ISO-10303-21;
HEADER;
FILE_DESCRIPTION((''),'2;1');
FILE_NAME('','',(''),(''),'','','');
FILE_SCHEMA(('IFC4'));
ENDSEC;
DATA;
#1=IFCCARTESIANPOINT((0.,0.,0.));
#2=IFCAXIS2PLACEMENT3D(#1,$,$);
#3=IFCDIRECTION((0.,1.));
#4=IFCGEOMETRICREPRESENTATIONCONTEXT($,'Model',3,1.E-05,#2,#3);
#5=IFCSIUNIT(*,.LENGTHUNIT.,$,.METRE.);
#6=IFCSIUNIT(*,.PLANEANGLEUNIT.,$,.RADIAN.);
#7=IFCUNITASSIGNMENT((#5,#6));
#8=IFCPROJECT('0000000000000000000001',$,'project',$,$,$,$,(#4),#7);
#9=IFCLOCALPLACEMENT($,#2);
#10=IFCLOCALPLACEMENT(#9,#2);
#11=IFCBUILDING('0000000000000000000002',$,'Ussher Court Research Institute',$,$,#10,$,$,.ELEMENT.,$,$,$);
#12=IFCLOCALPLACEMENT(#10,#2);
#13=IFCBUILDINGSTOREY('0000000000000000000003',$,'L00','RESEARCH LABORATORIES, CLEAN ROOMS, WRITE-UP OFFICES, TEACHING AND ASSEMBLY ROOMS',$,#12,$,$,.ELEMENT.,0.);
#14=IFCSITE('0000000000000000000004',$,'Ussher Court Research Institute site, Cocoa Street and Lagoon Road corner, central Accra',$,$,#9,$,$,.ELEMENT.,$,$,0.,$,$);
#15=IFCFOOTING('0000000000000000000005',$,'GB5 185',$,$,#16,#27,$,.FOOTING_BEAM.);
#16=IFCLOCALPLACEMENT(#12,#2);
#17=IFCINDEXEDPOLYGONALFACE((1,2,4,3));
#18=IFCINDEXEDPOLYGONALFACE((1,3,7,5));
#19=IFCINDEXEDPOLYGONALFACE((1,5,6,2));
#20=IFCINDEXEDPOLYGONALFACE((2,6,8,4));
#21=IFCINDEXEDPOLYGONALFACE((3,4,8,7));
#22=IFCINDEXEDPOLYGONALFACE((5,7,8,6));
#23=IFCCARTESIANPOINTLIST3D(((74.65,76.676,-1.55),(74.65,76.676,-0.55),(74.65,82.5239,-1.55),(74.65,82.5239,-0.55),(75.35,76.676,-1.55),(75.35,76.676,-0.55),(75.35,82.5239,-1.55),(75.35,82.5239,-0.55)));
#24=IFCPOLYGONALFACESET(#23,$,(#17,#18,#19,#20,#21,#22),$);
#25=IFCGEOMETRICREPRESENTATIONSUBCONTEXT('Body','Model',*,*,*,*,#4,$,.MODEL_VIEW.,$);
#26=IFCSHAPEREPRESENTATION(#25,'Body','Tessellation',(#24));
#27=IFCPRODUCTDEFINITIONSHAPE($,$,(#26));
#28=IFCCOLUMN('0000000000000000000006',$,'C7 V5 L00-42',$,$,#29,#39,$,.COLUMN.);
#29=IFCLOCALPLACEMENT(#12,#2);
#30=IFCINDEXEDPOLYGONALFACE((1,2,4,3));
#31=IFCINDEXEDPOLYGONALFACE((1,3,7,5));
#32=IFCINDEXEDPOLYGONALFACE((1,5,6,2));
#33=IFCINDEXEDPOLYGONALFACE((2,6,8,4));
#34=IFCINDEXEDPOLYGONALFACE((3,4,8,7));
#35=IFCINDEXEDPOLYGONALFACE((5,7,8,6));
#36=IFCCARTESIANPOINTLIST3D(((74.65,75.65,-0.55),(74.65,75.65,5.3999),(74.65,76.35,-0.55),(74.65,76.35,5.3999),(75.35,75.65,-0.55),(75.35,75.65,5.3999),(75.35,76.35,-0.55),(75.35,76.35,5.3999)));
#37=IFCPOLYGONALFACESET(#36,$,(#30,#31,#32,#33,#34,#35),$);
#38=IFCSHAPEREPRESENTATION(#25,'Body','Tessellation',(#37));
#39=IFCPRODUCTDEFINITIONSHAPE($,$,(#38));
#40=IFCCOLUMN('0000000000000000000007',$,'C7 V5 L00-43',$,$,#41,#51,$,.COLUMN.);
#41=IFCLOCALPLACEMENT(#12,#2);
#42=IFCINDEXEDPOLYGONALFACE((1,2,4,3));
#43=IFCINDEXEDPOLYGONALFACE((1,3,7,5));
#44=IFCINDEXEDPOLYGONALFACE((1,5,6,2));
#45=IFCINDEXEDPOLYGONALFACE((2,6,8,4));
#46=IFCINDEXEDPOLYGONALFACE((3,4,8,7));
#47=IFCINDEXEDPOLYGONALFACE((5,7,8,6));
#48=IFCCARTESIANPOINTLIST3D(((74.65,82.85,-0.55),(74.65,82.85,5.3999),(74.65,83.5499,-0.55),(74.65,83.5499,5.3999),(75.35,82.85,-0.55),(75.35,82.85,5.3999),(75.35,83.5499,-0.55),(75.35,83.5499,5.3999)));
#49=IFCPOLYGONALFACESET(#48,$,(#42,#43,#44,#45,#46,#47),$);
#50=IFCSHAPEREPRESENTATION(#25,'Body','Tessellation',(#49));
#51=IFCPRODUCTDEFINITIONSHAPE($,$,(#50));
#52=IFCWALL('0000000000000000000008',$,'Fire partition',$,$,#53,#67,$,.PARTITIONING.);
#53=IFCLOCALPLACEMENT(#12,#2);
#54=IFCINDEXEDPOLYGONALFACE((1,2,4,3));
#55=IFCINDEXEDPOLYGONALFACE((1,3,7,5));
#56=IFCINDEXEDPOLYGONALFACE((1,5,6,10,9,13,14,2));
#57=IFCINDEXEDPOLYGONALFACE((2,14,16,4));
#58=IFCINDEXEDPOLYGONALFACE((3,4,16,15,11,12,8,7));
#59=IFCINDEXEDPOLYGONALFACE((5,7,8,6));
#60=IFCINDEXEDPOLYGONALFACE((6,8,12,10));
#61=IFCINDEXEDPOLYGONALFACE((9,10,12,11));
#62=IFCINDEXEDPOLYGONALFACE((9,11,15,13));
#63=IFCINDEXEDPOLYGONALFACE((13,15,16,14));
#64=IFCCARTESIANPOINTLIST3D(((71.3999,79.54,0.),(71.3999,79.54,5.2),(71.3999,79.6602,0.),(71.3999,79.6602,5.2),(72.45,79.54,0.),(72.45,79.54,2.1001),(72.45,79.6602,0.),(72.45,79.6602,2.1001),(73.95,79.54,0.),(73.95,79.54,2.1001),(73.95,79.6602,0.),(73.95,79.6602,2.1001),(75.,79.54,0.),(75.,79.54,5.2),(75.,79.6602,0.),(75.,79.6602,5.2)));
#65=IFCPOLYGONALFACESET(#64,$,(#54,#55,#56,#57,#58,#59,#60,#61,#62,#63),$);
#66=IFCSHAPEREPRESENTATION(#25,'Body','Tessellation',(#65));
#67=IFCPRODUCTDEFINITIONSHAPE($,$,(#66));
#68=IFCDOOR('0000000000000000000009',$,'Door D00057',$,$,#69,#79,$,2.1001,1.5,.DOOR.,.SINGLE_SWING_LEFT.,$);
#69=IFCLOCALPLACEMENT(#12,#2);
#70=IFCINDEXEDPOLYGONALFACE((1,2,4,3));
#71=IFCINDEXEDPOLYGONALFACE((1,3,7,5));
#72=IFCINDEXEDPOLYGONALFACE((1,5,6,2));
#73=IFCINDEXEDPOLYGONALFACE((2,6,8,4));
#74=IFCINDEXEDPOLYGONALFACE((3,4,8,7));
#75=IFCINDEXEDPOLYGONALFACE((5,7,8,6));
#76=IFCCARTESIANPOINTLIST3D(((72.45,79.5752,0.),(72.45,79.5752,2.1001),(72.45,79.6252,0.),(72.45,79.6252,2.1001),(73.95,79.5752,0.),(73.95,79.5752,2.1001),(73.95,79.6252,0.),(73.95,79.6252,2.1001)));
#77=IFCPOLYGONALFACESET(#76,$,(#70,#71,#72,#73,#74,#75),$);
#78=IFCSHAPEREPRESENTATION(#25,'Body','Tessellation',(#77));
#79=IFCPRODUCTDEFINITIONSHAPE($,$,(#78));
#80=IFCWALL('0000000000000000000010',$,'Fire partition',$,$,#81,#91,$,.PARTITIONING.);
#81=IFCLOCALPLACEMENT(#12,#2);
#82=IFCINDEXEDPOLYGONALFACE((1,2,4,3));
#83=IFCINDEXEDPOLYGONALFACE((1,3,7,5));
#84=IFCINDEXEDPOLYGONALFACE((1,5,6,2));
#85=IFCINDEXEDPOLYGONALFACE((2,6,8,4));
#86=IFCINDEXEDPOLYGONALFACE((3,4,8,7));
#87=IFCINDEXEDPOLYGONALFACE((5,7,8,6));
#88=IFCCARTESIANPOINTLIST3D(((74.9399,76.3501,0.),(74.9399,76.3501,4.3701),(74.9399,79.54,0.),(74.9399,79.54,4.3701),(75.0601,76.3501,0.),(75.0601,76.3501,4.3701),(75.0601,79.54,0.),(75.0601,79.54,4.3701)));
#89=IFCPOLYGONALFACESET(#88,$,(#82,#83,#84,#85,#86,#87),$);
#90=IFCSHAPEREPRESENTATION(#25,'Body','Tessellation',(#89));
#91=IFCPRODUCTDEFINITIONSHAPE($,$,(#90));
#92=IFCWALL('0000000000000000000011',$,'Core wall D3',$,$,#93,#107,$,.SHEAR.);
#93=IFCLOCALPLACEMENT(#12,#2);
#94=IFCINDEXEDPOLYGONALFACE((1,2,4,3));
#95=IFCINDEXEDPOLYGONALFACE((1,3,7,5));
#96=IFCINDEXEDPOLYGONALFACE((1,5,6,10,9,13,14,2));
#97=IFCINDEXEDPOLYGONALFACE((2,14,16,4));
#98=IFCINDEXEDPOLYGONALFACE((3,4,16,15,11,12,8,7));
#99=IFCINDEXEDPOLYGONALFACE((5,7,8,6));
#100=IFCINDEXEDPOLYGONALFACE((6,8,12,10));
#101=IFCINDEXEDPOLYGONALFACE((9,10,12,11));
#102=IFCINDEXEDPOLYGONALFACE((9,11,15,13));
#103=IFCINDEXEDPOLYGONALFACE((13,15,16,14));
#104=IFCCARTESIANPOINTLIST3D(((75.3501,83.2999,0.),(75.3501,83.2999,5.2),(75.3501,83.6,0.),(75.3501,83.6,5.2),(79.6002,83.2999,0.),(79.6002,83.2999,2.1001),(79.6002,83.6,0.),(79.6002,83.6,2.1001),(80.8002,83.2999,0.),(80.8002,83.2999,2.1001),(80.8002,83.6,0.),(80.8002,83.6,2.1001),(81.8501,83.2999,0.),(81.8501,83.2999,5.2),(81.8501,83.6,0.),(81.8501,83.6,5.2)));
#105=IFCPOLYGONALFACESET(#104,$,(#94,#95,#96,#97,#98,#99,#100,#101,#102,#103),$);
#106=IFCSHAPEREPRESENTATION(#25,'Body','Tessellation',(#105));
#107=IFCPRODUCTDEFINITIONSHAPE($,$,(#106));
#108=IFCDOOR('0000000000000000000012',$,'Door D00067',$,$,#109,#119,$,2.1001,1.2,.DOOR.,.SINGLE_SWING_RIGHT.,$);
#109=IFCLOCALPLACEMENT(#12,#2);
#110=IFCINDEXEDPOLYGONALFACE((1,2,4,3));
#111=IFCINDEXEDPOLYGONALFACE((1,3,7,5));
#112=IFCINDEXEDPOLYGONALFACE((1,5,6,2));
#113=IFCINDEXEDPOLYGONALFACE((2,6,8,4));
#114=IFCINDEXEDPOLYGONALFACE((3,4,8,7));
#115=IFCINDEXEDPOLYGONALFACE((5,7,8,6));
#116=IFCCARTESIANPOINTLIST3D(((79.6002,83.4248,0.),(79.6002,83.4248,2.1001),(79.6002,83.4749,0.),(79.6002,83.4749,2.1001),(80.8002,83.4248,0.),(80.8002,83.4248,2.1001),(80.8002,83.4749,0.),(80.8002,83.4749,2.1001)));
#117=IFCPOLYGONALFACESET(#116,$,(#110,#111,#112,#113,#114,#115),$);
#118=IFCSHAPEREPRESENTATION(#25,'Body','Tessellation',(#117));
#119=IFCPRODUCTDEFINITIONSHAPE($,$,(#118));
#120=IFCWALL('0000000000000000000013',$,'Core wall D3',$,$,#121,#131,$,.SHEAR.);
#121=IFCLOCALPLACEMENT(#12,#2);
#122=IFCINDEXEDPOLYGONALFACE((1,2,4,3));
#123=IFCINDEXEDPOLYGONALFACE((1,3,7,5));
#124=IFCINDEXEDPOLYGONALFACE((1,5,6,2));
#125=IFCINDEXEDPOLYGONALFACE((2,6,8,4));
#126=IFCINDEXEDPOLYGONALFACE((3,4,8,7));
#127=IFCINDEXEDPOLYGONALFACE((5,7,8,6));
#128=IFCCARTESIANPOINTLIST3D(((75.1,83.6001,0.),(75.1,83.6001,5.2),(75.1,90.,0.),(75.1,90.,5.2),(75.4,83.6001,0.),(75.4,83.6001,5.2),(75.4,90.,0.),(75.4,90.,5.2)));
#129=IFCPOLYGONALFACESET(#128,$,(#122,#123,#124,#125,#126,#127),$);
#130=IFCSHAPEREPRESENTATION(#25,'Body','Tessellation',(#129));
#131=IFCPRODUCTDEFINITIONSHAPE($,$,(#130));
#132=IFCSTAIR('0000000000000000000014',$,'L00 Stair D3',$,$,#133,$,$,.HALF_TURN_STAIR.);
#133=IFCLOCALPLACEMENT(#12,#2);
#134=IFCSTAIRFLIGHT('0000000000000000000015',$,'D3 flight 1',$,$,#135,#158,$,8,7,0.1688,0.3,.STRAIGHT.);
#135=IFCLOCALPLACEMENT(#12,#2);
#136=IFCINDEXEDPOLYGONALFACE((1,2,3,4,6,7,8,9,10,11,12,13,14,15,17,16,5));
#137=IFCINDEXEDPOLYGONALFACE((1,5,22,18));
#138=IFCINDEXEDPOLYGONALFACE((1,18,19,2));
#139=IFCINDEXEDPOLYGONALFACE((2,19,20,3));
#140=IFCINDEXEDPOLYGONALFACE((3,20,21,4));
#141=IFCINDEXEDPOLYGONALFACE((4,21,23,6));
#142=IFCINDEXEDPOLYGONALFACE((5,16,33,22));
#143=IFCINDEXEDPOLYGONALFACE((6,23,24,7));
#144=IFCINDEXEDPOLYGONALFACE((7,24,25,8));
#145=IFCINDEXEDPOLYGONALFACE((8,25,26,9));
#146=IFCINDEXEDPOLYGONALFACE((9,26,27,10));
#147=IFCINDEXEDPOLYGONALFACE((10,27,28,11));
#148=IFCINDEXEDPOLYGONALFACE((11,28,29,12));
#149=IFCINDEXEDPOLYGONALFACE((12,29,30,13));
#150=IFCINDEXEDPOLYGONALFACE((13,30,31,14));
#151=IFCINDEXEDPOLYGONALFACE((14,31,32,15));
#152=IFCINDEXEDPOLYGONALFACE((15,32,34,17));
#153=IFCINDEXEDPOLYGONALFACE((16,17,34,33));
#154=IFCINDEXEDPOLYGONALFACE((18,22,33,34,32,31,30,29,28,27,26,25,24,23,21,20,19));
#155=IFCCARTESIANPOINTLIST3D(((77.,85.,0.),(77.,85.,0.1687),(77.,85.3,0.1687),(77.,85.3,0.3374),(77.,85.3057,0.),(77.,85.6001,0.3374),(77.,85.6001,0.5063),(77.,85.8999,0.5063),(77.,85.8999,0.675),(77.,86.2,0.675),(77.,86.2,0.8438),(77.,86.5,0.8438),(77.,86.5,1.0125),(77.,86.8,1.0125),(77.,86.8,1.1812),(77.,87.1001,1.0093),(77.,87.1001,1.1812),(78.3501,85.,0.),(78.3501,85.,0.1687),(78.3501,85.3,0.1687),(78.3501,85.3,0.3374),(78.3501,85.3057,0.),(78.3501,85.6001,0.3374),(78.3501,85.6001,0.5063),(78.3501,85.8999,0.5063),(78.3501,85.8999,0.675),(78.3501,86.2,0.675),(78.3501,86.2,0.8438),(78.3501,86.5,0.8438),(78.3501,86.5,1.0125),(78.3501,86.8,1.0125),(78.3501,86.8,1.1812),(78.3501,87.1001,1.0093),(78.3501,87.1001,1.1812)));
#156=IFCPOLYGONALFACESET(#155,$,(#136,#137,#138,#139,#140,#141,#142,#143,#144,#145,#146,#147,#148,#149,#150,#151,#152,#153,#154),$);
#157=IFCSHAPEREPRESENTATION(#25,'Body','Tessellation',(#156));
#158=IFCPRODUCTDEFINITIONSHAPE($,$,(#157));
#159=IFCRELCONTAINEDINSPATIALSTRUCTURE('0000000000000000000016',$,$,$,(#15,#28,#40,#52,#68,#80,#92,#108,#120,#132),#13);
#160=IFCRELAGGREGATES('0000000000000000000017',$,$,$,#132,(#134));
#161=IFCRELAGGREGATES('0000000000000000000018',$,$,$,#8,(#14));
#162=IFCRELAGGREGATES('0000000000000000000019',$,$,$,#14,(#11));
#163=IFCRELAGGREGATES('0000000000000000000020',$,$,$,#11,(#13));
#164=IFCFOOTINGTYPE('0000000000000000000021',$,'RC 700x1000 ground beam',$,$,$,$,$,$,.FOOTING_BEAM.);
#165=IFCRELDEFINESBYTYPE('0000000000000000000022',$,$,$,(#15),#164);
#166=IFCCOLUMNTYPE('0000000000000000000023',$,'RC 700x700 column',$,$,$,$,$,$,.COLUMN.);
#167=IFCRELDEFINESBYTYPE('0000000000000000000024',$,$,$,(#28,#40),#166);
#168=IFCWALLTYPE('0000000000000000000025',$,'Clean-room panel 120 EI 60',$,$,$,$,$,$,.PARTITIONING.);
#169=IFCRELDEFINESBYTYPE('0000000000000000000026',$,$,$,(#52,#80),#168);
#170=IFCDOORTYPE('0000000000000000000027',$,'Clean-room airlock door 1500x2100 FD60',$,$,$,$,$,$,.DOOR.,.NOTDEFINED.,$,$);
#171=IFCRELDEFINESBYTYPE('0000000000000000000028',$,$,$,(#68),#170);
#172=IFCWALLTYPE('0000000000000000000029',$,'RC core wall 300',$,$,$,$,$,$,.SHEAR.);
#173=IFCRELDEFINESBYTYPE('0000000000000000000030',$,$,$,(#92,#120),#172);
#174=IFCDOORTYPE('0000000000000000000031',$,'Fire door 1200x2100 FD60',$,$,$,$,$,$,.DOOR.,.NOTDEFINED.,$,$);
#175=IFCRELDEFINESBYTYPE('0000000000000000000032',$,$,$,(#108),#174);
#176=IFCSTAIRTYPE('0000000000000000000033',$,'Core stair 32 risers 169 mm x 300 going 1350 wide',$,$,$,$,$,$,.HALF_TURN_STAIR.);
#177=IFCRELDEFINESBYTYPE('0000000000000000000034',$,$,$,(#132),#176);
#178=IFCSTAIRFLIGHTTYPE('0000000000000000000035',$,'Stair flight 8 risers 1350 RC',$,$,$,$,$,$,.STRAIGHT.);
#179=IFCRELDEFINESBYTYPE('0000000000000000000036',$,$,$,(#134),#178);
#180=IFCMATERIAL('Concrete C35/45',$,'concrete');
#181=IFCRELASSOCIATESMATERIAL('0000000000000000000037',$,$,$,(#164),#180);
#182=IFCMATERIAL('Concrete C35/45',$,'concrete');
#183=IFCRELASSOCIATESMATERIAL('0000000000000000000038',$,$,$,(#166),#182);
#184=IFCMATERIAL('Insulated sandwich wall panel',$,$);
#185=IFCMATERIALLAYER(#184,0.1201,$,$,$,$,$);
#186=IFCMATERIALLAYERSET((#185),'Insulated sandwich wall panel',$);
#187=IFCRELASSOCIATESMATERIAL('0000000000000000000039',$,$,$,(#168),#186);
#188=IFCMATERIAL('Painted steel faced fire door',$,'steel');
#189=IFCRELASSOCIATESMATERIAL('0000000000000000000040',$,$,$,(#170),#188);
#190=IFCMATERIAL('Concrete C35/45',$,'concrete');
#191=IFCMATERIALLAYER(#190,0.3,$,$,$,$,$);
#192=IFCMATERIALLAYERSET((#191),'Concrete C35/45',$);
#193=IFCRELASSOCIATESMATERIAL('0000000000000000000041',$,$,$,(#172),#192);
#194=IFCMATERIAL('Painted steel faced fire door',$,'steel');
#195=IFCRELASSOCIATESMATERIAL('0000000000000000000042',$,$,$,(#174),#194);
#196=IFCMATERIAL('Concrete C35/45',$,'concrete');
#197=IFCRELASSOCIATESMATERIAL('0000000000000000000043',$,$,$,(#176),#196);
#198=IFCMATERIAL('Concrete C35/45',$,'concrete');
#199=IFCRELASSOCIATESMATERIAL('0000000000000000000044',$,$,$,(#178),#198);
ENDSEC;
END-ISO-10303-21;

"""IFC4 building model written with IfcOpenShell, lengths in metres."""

from ifc_helpers import new_model, si_unit, direction, frame, frame_2d, origin, origin_2d, place, context, subcontext, project, spatial, polyline, rectangle, outline, extrude, material, layer, layer_set, material_profile, profile_set, type_object, element, fill, aggregate, save


model = new_model("IFC4")

# Units and contexts
model_context = context("Model", 3, precision=1e-05, world=origin(), true_north=direction((0.0, 1.0)))
body_context = subcontext(model_context, "Body", "Model", "MODEL_VIEW")
ifc_project = project(units=[si_unit("LENGTHUNIT", "METRE"), si_unit("PLANEANGLEUNIT", "RADIAN")], contexts=[model_context])

# Site, building, storey
site_placement = place(None, origin())
site = spatial("IfcSite", under=ifc_project, at=site_placement, Name="Ussher Court Research Institute site, Cocoa Street and Lagoon Road corner, central Accra", CompositionType="ELEMENT", RefElevation=0.0)
building_placement = place(site_placement, origin())
building = spatial("IfcBuilding", under=site, at=building_placement, Name="Ussher Court Research Institute", CompositionType="ELEMENT")
storey_placement = place(building_placement, origin())
storey = spatial("IfcBuildingStorey", under=building, at=storey_placement, Name="L00", Description="RESEARCH LABORATORIES, CLEAN ROOMS, WRITE-UP OFFICES, TEACHING AND ASSEMBLY ROOMS", CompositionType="ELEMENT", Elevation=0.0)

# Footing
ifc_material_1 = material(Name="Concrete C35/45", Category="concrete")
ifc_material_profile_1 = material_profile(ifc_material_1, rectangle(XDim=0.7, YDim=1.0, at=origin_2d()), Name="RC 700x1000")
ifc_profile_set_1 = profile_set([ifc_material_profile_1], Name="Concrete C35/45")
footing_type_1 = type_object("IfcFootingType", Name="RC 700x1000 ground beam", PredefinedType="FOOTING_BEAM", material=ifc_profile_set_1)
footing_1_placement = place(storey_placement, frame((75.0, 76.676, -1.05), z_axis=(0.0, 1.0, 0.0), x_axis=(-1.0, 0.0, 0.0)))
element("IfcFooting", 1, at=footing_1_placement, inside=storey, type_object=footing_type_1, Name="GB5 185", PredefinedType="FOOTING_BEAM", context=body_context, shape_type="SweptSolid", body=[
    extrude(rectangle(XDim=0.7, YDim=1.0, at=origin_2d()), origin(), (0.0, 0.0, 1.0), 5.8479),
])

# Columns
ifc_material_2 = material(Name="Concrete C35/45", Category="concrete")
ifc_material_profile_2 = material_profile(ifc_material_2, rectangle(XDim=0.7, YDim=0.7, at=origin_2d()), Name="RC 700x700")
ifc_profile_set_2 = profile_set([ifc_material_profile_2], Name="Concrete C35/45")
column_type = type_object("IfcColumnType", Name="RC 700x700 column", PredefinedType="COLUMN", material=ifc_profile_set_2)
for number, where, z_axis, x_axis, name in (
    (2, (75.0, 76.0, -0.55), (0.0, 0.0, 1.0), (1.0, 0.0, 0.0), "C7 V5 L00-42"),
    (3, (75.0, 83.2, -0.55), (0.0, 0.0, 1.0), (1.0, 0.0, 0.0), "C7 V5 L00-43"),
):
    element("IfcColumn", number, at=place(storey_placement, frame(where, z_axis=z_axis, x_axis=x_axis)), inside=storey, type_object=column_type, Name=name, PredefinedType="COLUMN", context=body_context, shape_type="SweptSolid", body=[
        extrude(rectangle(XDim=0.7, YDim=0.7, at=origin_2d()), origin(), (0.0, 0.0, 1.0), 5.95),
    ])

# Wall, opening, door
ifc_material_3 = material(Name="Insulated sandwich wall panel")
ifc_layer_1 = layer(ifc_material_3, 0.1201)
ifc_layer_set_1 = layer_set([ifc_layer_1], Name="Insulated sandwich wall panel")
wall_type_1 = type_object("IfcWallType", Name="Clean-room panel 120 EI 60", PredefinedType="PARTITIONING", material=ifc_layer_set_1)
wall_1_placement = place(storey_placement, frame((75.0, 79.6001, 0.0), z_axis=(0.0, 0.0, 1.0), x_axis=(-1.0, 0.0, 0.0)))
wall_1 = element("IfcWall", 4, at=wall_1_placement, inside=storey, type_object=wall_type_1, Name="Fire partition", PredefinedType="PARTITIONING", context=body_context, shape_type="SweptSolid", body=[
    extrude(rectangle(XDim=3.6001, YDim=0.1201, at=frame_2d((1.8, 0.0))), origin(), (0.0, 0.0, 1.0), 5.2),
])
opening_1_placement = place(wall_1_placement, frame((1.05, 0.0, 0.0)))
opening_1 = element("IfcOpeningElement", 5, at=opening_1_placement, cuts=wall_1, PredefinedType="OPENING", context=body_context, shape_type="SweptSolid", body=[
    extrude(rectangle(XDim=1.5, YDim=2.1001, at=frame_2d((0.75, 1.05))), frame((0.0, 0.0701, 0.0), z_axis=(0.0, -1.0, 0.0), x_axis=(1.0, 0.0, 0.0)), (0.0, 0.0, 1.0), 0.1401),
])
ifc_material_4 = material(Name="Painted steel faced fire door", Category="steel")
door_type_1 = type_object("IfcDoorType", Name="Clean-room airlock door 1500x2100 FD60", OperationType="NOTDEFINED", PredefinedType="DOOR", material=ifc_material_4)
door_1_placement = place(opening_1_placement, origin())
door_1 = element("IfcDoor", 6, at=door_1_placement, inside=storey, type_object=door_type_1, Name="Door D00057", OperationType="SINGLE_SWING_LEFT", OverallHeight=2.1001, OverallWidth=1.5, PredefinedType="DOOR", context=body_context, shape_type="SweptSolid", body=[
    extrude(rectangle(XDim=1.5, YDim=2.1001, at=frame_2d((0.75, 1.05))), frame((0.0, 0.0249, 0.0), z_axis=(0.0, -1.0, 0.0), x_axis=(1.0, 0.0, 0.0)), (0.0, 0.0, 1.0), 0.05),
])
fill(opening_1, door_1)

# Wall
wall_2_placement = place(storey_placement, frame((75.0, 76.3501, 0.0), z_axis=(0.0, 0.0, 1.0), x_axis=(0.0, 1.0, 0.0)))
element("IfcWall", 7, at=wall_2_placement, inside=storey, type_object=wall_type_1, Name="Fire partition", PredefinedType="PARTITIONING", context=body_context, shape_type="SweptSolid", body=[
    extrude(rectangle(XDim=3.1899, YDim=0.1201, at=frame_2d((1.595, 0.0))), origin(), (0.0, 0.0, 1.0), 4.3701),
])

# Wall, opening, door
ifc_material_5 = material(Name="Concrete C35/45", Category="concrete")
ifc_layer_2 = layer(ifc_material_5, 0.3)
ifc_layer_set_2 = layer_set([ifc_layer_2], Name="Concrete C35/45")
wall_type_2 = type_object("IfcWallType", Name="RC core wall 300", PredefinedType="SHEAR", material=ifc_layer_set_2)
wall_3_placement = place(storey_placement, frame((75.3501, 83.45, 0.0), z_axis=(0.0, 0.0, 1.0), x_axis=(1.0, 0.0, 0.0)))
wall_3 = element("IfcWall", 8, at=wall_3_placement, inside=storey, type_object=wall_type_2, Name="Core wall D3", PredefinedType="SHEAR", context=body_context, shape_type="SweptSolid", body=[
    extrude(rectangle(XDim=6.5, YDim=0.3, at=frame_2d((3.25, 0.0))), origin(), (0.0, 0.0, 1.0), 5.2),
])
opening_2_placement = place(wall_3_placement, frame((4.25, 0.0, 0.0)))
opening_2 = element("IfcOpeningElement", 9, at=opening_2_placement, cuts=wall_3, PredefinedType="OPENING", context=body_context, shape_type="SweptSolid", body=[
    extrude(rectangle(XDim=1.2, YDim=2.1001, at=frame_2d((0.6001, 1.05))), frame((0.0, 0.1602, 0.0), z_axis=(0.0, -1.0, 0.0), x_axis=(1.0, 0.0, 0.0)), (0.0, 0.0, 1.0), 0.3201),
])
ifc_material_6 = material(Name="Painted steel faced fire door", Category="steel")
door_type_2 = type_object("IfcDoorType", Name="Fire door 1200x2100 FD60", OperationType="NOTDEFINED", PredefinedType="DOOR", material=ifc_material_6)
door_2_placement = place(opening_2_placement, origin())
door_2 = element("IfcDoor", 10, at=door_2_placement, inside=storey, type_object=door_type_2, Name="Door D00067", OperationType="SINGLE_SWING_RIGHT", OverallHeight=2.1001, OverallWidth=1.2, PredefinedType="DOOR", context=body_context, shape_type="SweptSolid", body=[
    extrude(rectangle(XDim=1.2, YDim=2.1001, at=frame_2d((0.6001, 1.05))), frame((0.0, 0.0249, 0.0), z_axis=(0.0, -1.0, 0.0), x_axis=(1.0, 0.0, 0.0)), (0.0, 0.0, 1.0), 0.05),
])
fill(opening_2, door_2)

# Wall
wall_4_placement = place(storey_placement, frame((75.25, 83.6001, 0.0), z_axis=(0.0, 0.0, 1.0), x_axis=(0.0, 1.0, 0.0)))
element("IfcWall", 11, at=wall_4_placement, inside=storey, type_object=wall_type_2, Name="Core wall D3", PredefinedType="SHEAR", context=body_context, shape_type="SweptSolid", body=[
    extrude(rectangle(XDim=6.3999, YDim=0.3, at=frame_2d((3.2, 0.0))), origin(), (0.0, 0.0, 1.0), 5.2),
])

# Stair, stair flight
ifc_material_7 = material(Name="Concrete C35/45", Category="concrete")
stair_type = type_object("IfcStairType", Name="Core stair 32 risers 169 mm x 300 going 1350 wide", PredefinedType="HALF_TURN_STAIR", material=ifc_material_7)
stair_placement = place(storey_placement, origin())
stair = element("IfcStair", 12, at=stair_placement, inside=storey, type_object=stair_type, Name="L00 Stair D3", PredefinedType="HALF_TURN_STAIR")
ifc_material_8 = material(Name="Concrete C35/45", Category="concrete")
stair_flight_type = type_object("IfcStairFlightType", Name="Stair flight 8 risers 1350 RC", PredefinedType="STRAIGHT", material=ifc_material_8)
stair_flight_1_placement = place(storey_placement, frame((77.675, 85.0, 0.0), z_axis=(0.0, 0.0, 1.0), x_axis=(0.0, 1.0, 0.0)))
stair_flight_1 = element("IfcStairFlight", 13, at=stair_flight_1_placement, type_object=stair_flight_type, Name="D3 flight 1", NumberOfRisers=8, NumberOfTreads=7, PredefinedType="STRAIGHT", RiserHeight=0.1688, TreadLength=0.3, context=body_context, shape_type="SweptSolid", body=[
    extrude(outline(polyline([(0.0, 0.0), (0.0, 0.1687), (0.3, 0.1687), (0.3, 0.3374), (0.6001, 0.3374), (0.6001, 0.5063), (0.8999, 0.5063), (0.8999, 0.675), (1.2, 0.675), (1.2, 0.8438), (1.5, 0.8438), (1.5, 1.0125), (1.8, 1.0125), (1.8, 1.1812), (2.1001, 1.1812), (2.1001, 1.3501), (2.1001, 1.0093), (0.3057, 0.0), (0.0, 0.0)])), frame((0.0, 0.675, 0.0), z_axis=(0.0, -1.0, 0.0), x_axis=(1.0, 0.0, 0.0)), (0.0, 0.0, 1.0), 1.3501),
])
aggregate(stair, [stair_flight_1])

save(model, "model.ifc")
